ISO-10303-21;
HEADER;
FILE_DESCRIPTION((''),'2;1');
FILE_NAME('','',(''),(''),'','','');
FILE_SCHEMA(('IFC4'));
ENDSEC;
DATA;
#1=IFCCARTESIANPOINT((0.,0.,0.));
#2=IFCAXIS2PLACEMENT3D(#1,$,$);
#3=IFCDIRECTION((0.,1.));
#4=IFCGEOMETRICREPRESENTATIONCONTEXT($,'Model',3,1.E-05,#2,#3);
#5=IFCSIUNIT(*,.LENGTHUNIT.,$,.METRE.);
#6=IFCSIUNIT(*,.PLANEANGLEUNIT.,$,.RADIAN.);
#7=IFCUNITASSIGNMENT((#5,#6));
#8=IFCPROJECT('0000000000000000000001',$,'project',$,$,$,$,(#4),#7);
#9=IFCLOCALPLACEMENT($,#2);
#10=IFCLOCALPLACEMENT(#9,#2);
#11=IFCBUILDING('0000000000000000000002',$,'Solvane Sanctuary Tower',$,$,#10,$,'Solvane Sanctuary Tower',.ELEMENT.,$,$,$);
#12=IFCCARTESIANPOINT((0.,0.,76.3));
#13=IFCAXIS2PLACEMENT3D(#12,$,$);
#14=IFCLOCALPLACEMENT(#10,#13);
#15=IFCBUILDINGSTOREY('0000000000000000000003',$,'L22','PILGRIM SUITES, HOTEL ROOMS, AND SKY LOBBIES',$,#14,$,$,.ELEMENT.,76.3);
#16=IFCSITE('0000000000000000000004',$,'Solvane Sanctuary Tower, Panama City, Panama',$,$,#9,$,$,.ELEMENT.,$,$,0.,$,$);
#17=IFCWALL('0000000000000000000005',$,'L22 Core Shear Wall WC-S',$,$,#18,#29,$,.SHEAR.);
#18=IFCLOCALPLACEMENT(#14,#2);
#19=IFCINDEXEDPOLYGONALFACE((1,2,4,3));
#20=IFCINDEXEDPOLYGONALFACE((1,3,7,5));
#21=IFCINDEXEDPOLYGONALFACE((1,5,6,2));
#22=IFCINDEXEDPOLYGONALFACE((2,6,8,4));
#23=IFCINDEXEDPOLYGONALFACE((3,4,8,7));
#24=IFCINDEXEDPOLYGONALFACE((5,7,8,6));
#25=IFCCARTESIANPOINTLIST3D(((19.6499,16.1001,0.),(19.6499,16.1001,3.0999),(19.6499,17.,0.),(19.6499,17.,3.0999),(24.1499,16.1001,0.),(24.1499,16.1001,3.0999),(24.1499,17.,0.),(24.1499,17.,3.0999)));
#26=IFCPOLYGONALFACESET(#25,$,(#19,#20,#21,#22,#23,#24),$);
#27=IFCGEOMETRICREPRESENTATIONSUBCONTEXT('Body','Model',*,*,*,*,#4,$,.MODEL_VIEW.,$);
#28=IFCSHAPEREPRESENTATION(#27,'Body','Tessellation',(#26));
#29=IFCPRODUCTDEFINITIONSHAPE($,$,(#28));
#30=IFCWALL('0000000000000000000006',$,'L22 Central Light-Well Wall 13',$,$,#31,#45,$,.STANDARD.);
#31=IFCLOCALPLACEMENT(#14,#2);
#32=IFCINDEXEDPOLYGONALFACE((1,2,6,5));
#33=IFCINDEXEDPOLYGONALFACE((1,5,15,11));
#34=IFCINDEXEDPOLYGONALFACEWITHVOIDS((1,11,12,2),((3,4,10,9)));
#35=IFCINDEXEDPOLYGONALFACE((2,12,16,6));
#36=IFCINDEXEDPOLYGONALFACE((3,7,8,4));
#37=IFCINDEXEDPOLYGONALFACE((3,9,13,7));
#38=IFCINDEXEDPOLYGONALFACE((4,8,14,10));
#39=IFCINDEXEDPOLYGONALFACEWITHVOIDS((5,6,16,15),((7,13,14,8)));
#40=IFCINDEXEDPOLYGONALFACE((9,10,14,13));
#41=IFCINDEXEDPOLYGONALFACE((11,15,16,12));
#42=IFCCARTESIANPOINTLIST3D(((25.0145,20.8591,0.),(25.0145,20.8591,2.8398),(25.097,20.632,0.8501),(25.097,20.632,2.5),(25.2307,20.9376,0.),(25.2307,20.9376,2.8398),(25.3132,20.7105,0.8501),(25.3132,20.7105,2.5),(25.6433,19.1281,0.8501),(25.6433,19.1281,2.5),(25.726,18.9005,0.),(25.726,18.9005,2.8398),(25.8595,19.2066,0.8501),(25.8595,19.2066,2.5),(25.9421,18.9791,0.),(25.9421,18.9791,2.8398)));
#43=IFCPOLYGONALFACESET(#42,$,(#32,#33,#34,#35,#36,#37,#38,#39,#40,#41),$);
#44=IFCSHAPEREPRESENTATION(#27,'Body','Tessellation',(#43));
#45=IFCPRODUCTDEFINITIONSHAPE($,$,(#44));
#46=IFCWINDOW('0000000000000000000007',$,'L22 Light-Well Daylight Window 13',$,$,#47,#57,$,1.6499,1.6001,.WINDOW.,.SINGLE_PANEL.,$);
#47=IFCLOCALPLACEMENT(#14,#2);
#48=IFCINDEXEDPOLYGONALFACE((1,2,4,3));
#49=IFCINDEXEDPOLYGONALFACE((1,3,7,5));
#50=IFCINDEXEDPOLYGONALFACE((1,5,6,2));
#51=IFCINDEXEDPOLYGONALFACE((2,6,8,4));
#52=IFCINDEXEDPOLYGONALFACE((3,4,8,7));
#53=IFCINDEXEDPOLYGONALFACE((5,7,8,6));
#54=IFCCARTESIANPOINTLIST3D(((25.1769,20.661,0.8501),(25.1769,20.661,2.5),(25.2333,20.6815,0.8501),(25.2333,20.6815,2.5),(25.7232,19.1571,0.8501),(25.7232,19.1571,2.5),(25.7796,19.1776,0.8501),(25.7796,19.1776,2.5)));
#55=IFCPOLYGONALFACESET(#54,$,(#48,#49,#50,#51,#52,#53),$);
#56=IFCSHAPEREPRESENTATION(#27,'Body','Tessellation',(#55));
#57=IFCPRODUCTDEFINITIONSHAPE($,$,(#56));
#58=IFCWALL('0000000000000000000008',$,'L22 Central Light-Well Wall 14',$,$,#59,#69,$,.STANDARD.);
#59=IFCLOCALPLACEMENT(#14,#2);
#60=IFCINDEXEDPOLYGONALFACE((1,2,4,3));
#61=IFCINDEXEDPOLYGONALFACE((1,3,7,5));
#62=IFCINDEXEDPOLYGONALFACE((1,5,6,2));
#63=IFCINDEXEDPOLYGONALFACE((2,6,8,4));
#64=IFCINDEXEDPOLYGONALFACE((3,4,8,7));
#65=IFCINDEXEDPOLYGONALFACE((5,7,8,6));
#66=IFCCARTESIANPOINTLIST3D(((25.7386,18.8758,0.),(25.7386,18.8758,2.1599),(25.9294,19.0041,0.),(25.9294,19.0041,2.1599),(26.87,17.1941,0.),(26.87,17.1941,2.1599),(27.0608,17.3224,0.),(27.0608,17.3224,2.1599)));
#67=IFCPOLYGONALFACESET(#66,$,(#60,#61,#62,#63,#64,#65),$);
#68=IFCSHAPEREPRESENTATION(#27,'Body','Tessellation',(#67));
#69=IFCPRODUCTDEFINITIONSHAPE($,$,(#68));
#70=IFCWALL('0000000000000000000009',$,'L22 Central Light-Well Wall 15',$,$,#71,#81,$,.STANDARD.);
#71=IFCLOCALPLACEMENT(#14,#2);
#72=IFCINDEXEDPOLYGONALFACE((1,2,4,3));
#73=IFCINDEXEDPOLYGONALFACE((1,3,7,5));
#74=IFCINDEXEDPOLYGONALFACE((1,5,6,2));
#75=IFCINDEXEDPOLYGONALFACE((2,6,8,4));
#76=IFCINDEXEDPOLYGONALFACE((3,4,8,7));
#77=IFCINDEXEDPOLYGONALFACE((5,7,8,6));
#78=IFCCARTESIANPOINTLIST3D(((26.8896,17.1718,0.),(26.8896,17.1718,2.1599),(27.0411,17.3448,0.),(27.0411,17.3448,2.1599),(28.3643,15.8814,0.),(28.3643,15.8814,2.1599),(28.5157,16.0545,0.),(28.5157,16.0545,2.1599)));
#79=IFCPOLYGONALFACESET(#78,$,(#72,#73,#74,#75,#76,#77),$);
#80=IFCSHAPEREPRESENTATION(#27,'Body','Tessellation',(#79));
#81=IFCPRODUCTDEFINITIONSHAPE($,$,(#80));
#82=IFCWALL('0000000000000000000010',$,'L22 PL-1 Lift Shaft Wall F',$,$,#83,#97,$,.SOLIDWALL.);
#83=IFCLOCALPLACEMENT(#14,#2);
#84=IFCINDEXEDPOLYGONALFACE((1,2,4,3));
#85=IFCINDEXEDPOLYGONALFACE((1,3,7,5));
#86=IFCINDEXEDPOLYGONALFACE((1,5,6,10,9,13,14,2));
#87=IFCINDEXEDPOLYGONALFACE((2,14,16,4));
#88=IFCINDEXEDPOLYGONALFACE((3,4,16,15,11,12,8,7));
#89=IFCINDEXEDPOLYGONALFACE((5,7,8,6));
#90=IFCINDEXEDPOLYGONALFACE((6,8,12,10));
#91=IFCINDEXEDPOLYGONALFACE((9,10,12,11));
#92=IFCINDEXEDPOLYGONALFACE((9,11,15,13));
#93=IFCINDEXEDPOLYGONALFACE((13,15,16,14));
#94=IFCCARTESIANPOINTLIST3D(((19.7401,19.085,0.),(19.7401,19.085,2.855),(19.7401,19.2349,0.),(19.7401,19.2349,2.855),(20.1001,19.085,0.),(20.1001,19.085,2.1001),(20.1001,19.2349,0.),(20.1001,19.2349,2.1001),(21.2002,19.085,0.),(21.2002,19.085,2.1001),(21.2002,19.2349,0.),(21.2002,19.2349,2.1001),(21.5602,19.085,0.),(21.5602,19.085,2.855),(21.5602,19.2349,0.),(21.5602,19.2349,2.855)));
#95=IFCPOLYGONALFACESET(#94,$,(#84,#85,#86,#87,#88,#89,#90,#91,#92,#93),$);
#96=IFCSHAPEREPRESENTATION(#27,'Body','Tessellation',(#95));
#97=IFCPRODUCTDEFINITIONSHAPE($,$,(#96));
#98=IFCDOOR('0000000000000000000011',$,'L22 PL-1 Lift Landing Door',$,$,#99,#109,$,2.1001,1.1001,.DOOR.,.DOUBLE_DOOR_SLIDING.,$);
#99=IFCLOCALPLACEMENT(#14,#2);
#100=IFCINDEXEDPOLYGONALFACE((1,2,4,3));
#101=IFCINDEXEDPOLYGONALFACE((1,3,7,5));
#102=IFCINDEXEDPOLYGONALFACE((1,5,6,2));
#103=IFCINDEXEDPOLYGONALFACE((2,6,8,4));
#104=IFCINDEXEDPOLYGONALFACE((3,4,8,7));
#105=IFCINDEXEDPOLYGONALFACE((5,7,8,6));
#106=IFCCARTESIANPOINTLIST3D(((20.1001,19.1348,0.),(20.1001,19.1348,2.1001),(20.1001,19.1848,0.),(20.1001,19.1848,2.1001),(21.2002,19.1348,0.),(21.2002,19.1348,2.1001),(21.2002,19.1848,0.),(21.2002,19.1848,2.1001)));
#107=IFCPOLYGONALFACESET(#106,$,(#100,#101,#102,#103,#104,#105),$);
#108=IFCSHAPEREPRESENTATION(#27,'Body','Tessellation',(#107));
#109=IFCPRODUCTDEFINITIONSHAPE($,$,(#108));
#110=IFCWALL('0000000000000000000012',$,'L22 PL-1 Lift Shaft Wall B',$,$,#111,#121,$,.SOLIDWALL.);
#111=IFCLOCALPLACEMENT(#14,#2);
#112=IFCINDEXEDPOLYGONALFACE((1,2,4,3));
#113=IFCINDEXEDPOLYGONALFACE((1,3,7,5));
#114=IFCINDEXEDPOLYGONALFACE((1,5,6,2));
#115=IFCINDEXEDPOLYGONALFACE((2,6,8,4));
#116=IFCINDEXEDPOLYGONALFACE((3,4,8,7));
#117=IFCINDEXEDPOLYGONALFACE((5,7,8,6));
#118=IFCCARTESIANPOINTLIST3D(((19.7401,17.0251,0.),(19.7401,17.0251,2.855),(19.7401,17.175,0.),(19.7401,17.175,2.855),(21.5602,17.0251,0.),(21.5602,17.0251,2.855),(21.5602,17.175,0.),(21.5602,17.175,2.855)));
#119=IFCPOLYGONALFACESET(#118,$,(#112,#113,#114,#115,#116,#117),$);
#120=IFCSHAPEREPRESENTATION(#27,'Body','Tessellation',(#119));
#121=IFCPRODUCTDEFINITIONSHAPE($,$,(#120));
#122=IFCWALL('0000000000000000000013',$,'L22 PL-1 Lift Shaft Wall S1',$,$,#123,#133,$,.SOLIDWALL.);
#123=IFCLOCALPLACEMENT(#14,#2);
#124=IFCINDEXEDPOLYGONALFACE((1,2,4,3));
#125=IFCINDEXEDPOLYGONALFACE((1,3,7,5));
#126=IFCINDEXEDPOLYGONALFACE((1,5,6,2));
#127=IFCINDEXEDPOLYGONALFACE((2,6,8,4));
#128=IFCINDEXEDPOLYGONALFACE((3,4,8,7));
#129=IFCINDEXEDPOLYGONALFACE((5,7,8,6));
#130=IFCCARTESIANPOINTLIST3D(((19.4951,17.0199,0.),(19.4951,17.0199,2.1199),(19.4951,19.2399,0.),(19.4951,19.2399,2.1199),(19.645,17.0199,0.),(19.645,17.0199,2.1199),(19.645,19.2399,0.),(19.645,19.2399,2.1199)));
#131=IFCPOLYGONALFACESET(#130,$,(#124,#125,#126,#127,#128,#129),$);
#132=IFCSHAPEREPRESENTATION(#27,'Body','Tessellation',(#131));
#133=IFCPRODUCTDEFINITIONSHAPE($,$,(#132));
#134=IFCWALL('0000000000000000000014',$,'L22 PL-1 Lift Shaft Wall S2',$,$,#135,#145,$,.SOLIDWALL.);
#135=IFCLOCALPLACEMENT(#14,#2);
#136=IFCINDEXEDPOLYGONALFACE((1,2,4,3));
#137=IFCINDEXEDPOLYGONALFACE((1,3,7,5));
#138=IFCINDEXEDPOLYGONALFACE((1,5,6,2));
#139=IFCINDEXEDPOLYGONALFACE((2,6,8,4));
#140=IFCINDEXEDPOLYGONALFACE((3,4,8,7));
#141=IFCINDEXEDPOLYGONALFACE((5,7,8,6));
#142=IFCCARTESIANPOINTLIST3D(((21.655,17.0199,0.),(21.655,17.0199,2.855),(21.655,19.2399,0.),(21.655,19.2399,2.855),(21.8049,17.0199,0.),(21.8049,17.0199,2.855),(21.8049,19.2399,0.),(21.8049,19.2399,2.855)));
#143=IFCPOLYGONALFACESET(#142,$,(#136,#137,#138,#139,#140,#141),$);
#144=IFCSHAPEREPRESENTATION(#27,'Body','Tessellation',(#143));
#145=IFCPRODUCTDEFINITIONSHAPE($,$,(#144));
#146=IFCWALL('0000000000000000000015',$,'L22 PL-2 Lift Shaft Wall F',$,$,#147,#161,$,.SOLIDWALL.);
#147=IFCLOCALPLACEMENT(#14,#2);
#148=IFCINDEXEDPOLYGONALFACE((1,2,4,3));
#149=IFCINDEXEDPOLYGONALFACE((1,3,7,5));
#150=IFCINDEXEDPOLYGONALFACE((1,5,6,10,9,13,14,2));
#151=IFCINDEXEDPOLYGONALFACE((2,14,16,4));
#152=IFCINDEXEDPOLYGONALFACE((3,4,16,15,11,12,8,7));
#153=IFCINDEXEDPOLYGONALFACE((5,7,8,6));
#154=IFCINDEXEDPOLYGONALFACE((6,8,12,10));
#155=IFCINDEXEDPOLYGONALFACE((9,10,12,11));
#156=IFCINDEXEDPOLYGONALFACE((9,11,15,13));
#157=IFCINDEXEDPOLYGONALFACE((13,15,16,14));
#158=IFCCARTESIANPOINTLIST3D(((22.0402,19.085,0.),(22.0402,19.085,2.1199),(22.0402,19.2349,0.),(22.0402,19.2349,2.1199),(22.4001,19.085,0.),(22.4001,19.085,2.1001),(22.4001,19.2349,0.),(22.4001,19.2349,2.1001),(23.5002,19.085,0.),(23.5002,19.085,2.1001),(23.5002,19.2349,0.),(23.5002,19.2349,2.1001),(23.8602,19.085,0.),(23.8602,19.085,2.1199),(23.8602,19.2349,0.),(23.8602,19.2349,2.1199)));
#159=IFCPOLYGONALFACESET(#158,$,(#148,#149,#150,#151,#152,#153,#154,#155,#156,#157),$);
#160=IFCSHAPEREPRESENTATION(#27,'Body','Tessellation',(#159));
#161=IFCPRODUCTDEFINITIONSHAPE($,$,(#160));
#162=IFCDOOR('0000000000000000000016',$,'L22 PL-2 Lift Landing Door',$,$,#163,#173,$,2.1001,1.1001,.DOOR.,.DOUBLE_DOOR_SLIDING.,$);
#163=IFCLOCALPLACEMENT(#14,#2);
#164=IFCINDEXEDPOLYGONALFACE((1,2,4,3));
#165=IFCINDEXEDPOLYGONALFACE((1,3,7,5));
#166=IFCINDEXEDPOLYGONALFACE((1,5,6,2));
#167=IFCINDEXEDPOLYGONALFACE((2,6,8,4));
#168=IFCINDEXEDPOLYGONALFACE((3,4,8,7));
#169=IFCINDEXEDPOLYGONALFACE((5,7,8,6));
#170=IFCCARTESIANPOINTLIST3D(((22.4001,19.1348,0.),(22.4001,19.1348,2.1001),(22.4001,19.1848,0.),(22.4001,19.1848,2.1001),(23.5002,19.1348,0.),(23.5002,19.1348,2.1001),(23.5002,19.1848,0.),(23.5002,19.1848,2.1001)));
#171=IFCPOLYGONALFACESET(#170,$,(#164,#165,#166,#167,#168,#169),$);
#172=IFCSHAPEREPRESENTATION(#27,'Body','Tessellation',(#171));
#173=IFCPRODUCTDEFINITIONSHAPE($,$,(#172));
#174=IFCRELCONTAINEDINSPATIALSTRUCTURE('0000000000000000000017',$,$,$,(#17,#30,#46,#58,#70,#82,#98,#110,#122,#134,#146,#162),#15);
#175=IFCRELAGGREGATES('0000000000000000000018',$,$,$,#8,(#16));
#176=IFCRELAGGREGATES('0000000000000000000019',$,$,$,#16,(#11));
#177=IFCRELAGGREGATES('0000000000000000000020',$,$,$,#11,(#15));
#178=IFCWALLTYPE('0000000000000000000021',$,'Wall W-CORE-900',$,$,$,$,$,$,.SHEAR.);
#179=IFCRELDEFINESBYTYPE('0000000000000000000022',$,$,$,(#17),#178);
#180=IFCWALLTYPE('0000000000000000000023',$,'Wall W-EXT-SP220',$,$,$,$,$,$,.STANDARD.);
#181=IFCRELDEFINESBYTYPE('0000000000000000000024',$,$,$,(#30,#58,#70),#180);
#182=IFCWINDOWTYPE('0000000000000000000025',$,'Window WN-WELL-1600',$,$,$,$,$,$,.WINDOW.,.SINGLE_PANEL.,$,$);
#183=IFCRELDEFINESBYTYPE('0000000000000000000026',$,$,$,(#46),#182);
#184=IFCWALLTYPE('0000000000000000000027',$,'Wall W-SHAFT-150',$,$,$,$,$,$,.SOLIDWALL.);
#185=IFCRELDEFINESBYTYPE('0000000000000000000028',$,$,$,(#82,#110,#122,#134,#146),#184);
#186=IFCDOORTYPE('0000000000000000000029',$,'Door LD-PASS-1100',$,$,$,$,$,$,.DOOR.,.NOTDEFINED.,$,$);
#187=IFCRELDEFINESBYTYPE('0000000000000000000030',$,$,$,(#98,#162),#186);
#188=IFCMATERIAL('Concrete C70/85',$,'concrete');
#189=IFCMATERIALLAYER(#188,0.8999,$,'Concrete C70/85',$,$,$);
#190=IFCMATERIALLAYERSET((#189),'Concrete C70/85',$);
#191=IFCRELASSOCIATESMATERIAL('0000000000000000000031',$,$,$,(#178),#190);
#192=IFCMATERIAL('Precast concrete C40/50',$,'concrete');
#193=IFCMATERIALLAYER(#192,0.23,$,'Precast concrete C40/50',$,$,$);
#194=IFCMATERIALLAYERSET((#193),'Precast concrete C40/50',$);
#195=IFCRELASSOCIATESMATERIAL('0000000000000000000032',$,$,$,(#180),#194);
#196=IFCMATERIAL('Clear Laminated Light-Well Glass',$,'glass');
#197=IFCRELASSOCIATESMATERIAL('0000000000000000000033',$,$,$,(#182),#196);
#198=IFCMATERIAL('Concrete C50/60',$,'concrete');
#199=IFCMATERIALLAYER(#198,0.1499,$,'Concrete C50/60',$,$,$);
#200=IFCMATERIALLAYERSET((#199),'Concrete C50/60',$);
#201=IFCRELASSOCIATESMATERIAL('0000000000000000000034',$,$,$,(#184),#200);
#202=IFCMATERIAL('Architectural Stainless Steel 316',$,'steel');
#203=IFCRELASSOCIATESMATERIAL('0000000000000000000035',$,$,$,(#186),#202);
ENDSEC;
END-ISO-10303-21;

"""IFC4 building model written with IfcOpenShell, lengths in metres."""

from ifc_helpers import new_model, si_unit, direction, frame, frame_2d, origin, place, context, subcontext, project, spatial, rectangle, extrude, material, layer, layer_set, type_object, element, fill, save


model = new_model("IFC4")

# Units and contexts
model_context = context("Model", 3, precision=1e-05, world=origin(), true_north=direction((0.0, 1.0)))
body_context = subcontext(model_context, "Body", "Model", "MODEL_VIEW")
ifc_project = project(units=[si_unit("LENGTHUNIT", "METRE"), si_unit("PLANEANGLEUNIT", "RADIAN")], contexts=[model_context])

# Site, building, storey
site_placement = place(None, origin())
site = spatial("IfcSite", under=ifc_project, at=site_placement, Name="Solvane Sanctuary Tower, Panama City, Panama", CompositionType="ELEMENT", RefElevation=0.0)
building_placement = place(site_placement, origin())
building = spatial("IfcBuilding", under=site, at=building_placement, Name="Solvane Sanctuary Tower", LongName="Solvane Sanctuary Tower", CompositionType="ELEMENT")
storey_placement = place(building_placement, frame((0.0, 0.0, 76.3)))
storey = spatial("IfcBuildingStorey", under=building, at=storey_placement, Name="L22", Description="PILGRIM SUITES, HOTEL ROOMS, AND SKY LOBBIES", CompositionType="ELEMENT", Elevation=76.3)

# Shared definitions
ifc_material_1 = material(Name="Concrete C70/85", Category="concrete")

# Wall
ifc_layer_1 = layer(ifc_material_1, 0.8999, Name="Concrete C70/85")
ifc_layer_set_1 = layer_set([ifc_layer_1], Name="Concrete C70/85")
wall_type_1 = type_object("IfcWallType", Name="Wall W-CORE-900", PredefinedType="SHEAR", material=ifc_layer_set_1)
wall_1_placement = place(storey_placement, frame((19.6499, 16.55, 0.0), z_axis=(0.0, 0.0, 1.0), x_axis=(1.0, 0.0, 0.0)))
element("IfcWall", 1, at=wall_1_placement, inside=storey, type_object=wall_type_1, Name="L22 Core Shear Wall WC-S", PredefinedType="SHEAR", context=body_context, shape_type="SweptSolid", body=[
    extrude(rectangle(XDim=4.5, YDim=0.8999, at=frame_2d((2.25, 0.0))), origin(), (0.0, 0.0, 1.0), 3.0999),
])

# Wall, opening, window
ifc_material_2 = material(Name="Precast concrete C40/50", Category="concrete")
ifc_layer_2 = layer(ifc_material_2, 0.23, Name="Precast concrete C40/50")
ifc_layer_set_2 = layer_set([ifc_layer_2], Name="Precast concrete C40/50")
wall_type_2 = type_object("IfcWallType", Name="Wall W-EXT-SP220", PredefinedType="STANDARD", material=ifc_layer_set_2)
wall_2_placement = place(storey_placement, frame((25.1226, 20.8984, 0.0), z_axis=(0.0, 0.0, 1.0), x_axis=(0.341423, -0.93991, 0.0)))
wall_2 = element("IfcWall", 2, at=wall_2_placement, inside=storey, type_object=wall_type_2, Name="L22 Central Light-Well Wall 13", PredefinedType="STANDARD", context=body_context, shape_type="SweptSolid", body=[
    extrude(rectangle(XDim=2.0837, YDim=0.23, at=frame_2d((1.042, 0.0))), origin(), (0.0, 0.0, 1.0), 2.8398),
])
opening_1_placement = place(wall_2_placement, frame((0.2417, 0.0, 0.8501)))
opening_1 = element("IfcOpeningElement", 3, at=opening_1_placement, cuts=wall_2, PredefinedType="OPENING", context=body_context, shape_type="SweptSolid", body=[
    extrude(rectangle(XDim=1.6001, YDim=1.6499, at=frame_2d((0.8, 0.825))), frame((0.0, 0.125, 0.0), z_axis=(0.0, -1.0, 0.0), x_axis=(1.0, 0.0, 0.0)), (0.0, 0.0, 1.0), 0.25),
])
ifc_material_3 = material(Name="Clear Laminated Light-Well Glass", Category="glass")
window_type = type_object("IfcWindowType", Name="Window WN-WELL-1600", PartitioningType="SINGLE_PANEL", PredefinedType="WINDOW", material=ifc_material_3)
window_placement = place(opening_1_placement, origin())
window = element("IfcWindow", 4, at=window_placement, inside=storey, type_object=window_type, Name="L22 Light-Well Daylight Window 13", OverallHeight=1.6499, OverallWidth=1.6001, PartitioningType="SINGLE_PANEL", PredefinedType="WINDOW", context=body_context, shape_type="SweptSolid", body=[
    extrude(rectangle(XDim=1.6001, YDim=1.6499, at=frame_2d((0.8, 0.825))), frame((0.0, 0.03, 0.0), z_axis=(0.0, -1.0, 0.0), x_axis=(1.0, 0.0, 0.0)), (0.0, 0.0, 1.0), 0.0601),
])
fill(opening_1, window)

# Walls
wall_3_placement = place(storey_placement, frame((25.834, 18.9399, 0.0), z_axis=(0.0, 0.0, 1.0), x_axis=(0.558198, -0.829708, 0.0)))
element("IfcWall", 5, at=wall_3_placement, inside=storey, type_object=wall_type_2, Name="L22 Central Light-Well Wall 14", PredefinedType="STANDARD", context=body_context, shape_type="SweptSolid", body=[
    extrude(rectangle(XDim=2.0269, YDim=0.23, at=frame_2d((1.0134, 0.0))), origin(), (0.0, 0.0, 1.0), 2.1599),
])
wall_4_placement = place(storey_placement, frame((26.9653, 17.2583, 0.0), z_axis=(0.0, 0.0, 1.0), x_axis=(0.752577, -0.658505, 0.0)))
element("IfcWall", 6, at=wall_4_placement, inside=storey, type_object=wall_type_2, Name="L22 Central Light-Well Wall 15", PredefinedType="STANDARD", context=body_context, shape_type="SweptSolid", body=[
    extrude(rectangle(XDim=1.9595, YDim=0.23, at=frame_2d((0.9797, 0.0))), origin(), (0.0, 0.0, 1.0), 2.1599),
])

# Wall, opening, door
ifc_material_4 = material(Name="Concrete C50/60", Category="concrete")
ifc_layer_3 = layer(ifc_material_4, 0.1499, Name="Concrete C50/60")
ifc_layer_set_3 = layer_set([ifc_layer_3], Name="Concrete C50/60")
wall_type_3 = type_object("IfcWallType", Name="Wall W-SHAFT-150", PredefinedType="SOLIDWALL", material=ifc_layer_set_3)
wall_5_placement = place(storey_placement, frame((19.74, 19.1599, 0.0), z_axis=(0.0, 0.0, 1.0), x_axis=(1.0, 0.0, 0.0)))
wall_5 = element("IfcWall", 7, at=wall_5_placement, inside=storey, type_object=wall_type_3, Name="L22 PL-1 Lift Shaft Wall F", PredefinedType="SOLIDWALL", context=body_context, shape_type="SweptSolid", body=[
    extrude(rectangle(XDim=1.8201, YDim=0.1499, at=frame_2d((0.9102, 0.0))), origin(), (0.0, 0.0, 1.0), 2.855),
])
opening_2_placement = place(wall_5_placement, frame((0.3601, 0.0, 0.0)))
opening_2 = element("IfcOpeningElement", 8, at=opening_2_placement, cuts=wall_5, PredefinedType="OPENING", context=body_context, shape_type="SweptSolid", body=[
    extrude(rectangle(XDim=1.1001, YDim=2.1001, at=frame_2d((0.55, 1.05))), frame((0.0, 0.085, 0.0), z_axis=(0.0, -1.0, 0.0), x_axis=(1.0, 0.0, 0.0)), (0.0, 0.0, 1.0), 0.1699),
])
ifc_material_5 = material(Name="Architectural Stainless Steel 316", Category="steel")
door_type = type_object("IfcDoorType", Name="Door LD-PASS-1100", OperationType="NOTDEFINED", PredefinedType="DOOR", material=ifc_material_5)
door_1_placement = place(opening_2_placement, origin())
door_1 = element("IfcDoor", 9, at=door_1_placement, inside=storey, type_object=door_type, Name="L22 PL-1 Lift Landing Door", OperationType="DOUBLE_DOOR_SLIDING", OverallHeight=2.1001, OverallWidth=1.1001, PredefinedType="DOOR", context=body_context, shape_type="SweptSolid", body=[
    extrude(rectangle(XDim=1.1001, YDim=2.1001, at=frame_2d((0.55, 1.05))), frame((0.0, 0.0249, 0.0), z_axis=(0.0, -1.0, 0.0), x_axis=(1.0, 0.0, 0.0)), (0.0, 0.0, 1.0), 0.05),
])
fill(opening_2, door_1)

# Walls
wall_6_placement = place(storey_placement, frame((19.74, 17.1001, 0.0), z_axis=(0.0, 0.0, 1.0), x_axis=(1.0, 0.0, 0.0)))
element("IfcWall", 10, at=wall_6_placement, inside=storey, type_object=wall_type_3, Name="L22 PL-1 Lift Shaft Wall B", PredefinedType="SOLIDWALL", context=body_context, shape_type="SweptSolid", body=[
    extrude(rectangle(XDim=1.8201, YDim=0.1499, at=frame_2d((0.9102, 0.0))), origin(), (0.0, 0.0, 1.0), 2.855),
])
wall_7_placement = place(storey_placement, frame((19.5701, 17.02, 0.0), z_axis=(0.0, 0.0, 1.0), x_axis=(0.0, 1.0, 0.0)))
element("IfcWall", 11, at=wall_7_placement, inside=storey, type_object=wall_type_3, Name="L22 PL-1 Lift Shaft Wall S1", PredefinedType="SOLIDWALL", context=body_context, shape_type="SweptSolid", body=[
    extrude(rectangle(XDim=2.22, YDim=0.1499, at=frame_2d((1.1099, 0.0))), origin(), (0.0, 0.0, 1.0), 2.1199),
])
wall_8_placement = place(storey_placement, frame((21.73, 17.02, 0.0), z_axis=(0.0, 0.0, 1.0), x_axis=(0.0, 1.0, 0.0)))
element("IfcWall", 12, at=wall_8_placement, inside=storey, type_object=wall_type_3, Name="L22 PL-1 Lift Shaft Wall S2", PredefinedType="SOLIDWALL", context=body_context, shape_type="SweptSolid", body=[
    extrude(rectangle(XDim=2.22, YDim=0.1499, at=frame_2d((1.1099, 0.0))), origin(), (0.0, 0.0, 1.0), 2.855),
])

# Wall, opening, door
wall_9_placement = place(storey_placement, frame((22.04, 19.1599, 0.0), z_axis=(0.0, 0.0, 1.0), x_axis=(1.0, 0.0, 0.0)))
wall_9 = element("IfcWall", 13, at=wall_9_placement, inside=storey, type_object=wall_type_3, Name="L22 PL-2 Lift Shaft Wall F", PredefinedType="SOLIDWALL", context=body_context, shape_type="SweptSolid", body=[
    extrude(rectangle(XDim=1.8201, YDim=0.1499, at=frame_2d((0.9102, 0.0))), origin(), (0.0, 0.0, 1.0), 2.1199),
])
opening_3_placement = place(wall_9_placement, frame((0.3601, 0.0, 0.0)))
opening_3 = element("IfcOpeningElement", 14, at=opening_3_placement, cuts=wall_9, PredefinedType="OPENING", context=body_context, shape_type="SweptSolid", body=[
    extrude(rectangle(XDim=1.1001, YDim=2.1001, at=frame_2d((0.55, 1.05))), frame((0.0, 0.085, 0.0), z_axis=(0.0, -1.0, 0.0), x_axis=(1.0, 0.0, 0.0)), (0.0, 0.0, 1.0), 0.1699),
])
door_2_placement = place(opening_3_placement, origin())
door_2 = element("IfcDoor", 15, at=door_2_placement, inside=storey, type_object=door_type, Name="L22 PL-2 Lift Landing Door", OperationType="DOUBLE_DOOR_SLIDING", OverallHeight=2.1001, OverallWidth=1.1001, PredefinedType="DOOR", context=body_context, shape_type="SweptSolid", body=[
    extrude(rectangle(XDim=1.1001, YDim=2.1001, at=frame_2d((0.55, 1.05))), frame((0.0, 0.0249, 0.0), z_axis=(0.0, -1.0, 0.0), x_axis=(1.0, 0.0, 0.0)), (0.0, 0.0, 1.0), 0.05),
])
fill(opening_3, door_2)

save(model, "model.ifc")
